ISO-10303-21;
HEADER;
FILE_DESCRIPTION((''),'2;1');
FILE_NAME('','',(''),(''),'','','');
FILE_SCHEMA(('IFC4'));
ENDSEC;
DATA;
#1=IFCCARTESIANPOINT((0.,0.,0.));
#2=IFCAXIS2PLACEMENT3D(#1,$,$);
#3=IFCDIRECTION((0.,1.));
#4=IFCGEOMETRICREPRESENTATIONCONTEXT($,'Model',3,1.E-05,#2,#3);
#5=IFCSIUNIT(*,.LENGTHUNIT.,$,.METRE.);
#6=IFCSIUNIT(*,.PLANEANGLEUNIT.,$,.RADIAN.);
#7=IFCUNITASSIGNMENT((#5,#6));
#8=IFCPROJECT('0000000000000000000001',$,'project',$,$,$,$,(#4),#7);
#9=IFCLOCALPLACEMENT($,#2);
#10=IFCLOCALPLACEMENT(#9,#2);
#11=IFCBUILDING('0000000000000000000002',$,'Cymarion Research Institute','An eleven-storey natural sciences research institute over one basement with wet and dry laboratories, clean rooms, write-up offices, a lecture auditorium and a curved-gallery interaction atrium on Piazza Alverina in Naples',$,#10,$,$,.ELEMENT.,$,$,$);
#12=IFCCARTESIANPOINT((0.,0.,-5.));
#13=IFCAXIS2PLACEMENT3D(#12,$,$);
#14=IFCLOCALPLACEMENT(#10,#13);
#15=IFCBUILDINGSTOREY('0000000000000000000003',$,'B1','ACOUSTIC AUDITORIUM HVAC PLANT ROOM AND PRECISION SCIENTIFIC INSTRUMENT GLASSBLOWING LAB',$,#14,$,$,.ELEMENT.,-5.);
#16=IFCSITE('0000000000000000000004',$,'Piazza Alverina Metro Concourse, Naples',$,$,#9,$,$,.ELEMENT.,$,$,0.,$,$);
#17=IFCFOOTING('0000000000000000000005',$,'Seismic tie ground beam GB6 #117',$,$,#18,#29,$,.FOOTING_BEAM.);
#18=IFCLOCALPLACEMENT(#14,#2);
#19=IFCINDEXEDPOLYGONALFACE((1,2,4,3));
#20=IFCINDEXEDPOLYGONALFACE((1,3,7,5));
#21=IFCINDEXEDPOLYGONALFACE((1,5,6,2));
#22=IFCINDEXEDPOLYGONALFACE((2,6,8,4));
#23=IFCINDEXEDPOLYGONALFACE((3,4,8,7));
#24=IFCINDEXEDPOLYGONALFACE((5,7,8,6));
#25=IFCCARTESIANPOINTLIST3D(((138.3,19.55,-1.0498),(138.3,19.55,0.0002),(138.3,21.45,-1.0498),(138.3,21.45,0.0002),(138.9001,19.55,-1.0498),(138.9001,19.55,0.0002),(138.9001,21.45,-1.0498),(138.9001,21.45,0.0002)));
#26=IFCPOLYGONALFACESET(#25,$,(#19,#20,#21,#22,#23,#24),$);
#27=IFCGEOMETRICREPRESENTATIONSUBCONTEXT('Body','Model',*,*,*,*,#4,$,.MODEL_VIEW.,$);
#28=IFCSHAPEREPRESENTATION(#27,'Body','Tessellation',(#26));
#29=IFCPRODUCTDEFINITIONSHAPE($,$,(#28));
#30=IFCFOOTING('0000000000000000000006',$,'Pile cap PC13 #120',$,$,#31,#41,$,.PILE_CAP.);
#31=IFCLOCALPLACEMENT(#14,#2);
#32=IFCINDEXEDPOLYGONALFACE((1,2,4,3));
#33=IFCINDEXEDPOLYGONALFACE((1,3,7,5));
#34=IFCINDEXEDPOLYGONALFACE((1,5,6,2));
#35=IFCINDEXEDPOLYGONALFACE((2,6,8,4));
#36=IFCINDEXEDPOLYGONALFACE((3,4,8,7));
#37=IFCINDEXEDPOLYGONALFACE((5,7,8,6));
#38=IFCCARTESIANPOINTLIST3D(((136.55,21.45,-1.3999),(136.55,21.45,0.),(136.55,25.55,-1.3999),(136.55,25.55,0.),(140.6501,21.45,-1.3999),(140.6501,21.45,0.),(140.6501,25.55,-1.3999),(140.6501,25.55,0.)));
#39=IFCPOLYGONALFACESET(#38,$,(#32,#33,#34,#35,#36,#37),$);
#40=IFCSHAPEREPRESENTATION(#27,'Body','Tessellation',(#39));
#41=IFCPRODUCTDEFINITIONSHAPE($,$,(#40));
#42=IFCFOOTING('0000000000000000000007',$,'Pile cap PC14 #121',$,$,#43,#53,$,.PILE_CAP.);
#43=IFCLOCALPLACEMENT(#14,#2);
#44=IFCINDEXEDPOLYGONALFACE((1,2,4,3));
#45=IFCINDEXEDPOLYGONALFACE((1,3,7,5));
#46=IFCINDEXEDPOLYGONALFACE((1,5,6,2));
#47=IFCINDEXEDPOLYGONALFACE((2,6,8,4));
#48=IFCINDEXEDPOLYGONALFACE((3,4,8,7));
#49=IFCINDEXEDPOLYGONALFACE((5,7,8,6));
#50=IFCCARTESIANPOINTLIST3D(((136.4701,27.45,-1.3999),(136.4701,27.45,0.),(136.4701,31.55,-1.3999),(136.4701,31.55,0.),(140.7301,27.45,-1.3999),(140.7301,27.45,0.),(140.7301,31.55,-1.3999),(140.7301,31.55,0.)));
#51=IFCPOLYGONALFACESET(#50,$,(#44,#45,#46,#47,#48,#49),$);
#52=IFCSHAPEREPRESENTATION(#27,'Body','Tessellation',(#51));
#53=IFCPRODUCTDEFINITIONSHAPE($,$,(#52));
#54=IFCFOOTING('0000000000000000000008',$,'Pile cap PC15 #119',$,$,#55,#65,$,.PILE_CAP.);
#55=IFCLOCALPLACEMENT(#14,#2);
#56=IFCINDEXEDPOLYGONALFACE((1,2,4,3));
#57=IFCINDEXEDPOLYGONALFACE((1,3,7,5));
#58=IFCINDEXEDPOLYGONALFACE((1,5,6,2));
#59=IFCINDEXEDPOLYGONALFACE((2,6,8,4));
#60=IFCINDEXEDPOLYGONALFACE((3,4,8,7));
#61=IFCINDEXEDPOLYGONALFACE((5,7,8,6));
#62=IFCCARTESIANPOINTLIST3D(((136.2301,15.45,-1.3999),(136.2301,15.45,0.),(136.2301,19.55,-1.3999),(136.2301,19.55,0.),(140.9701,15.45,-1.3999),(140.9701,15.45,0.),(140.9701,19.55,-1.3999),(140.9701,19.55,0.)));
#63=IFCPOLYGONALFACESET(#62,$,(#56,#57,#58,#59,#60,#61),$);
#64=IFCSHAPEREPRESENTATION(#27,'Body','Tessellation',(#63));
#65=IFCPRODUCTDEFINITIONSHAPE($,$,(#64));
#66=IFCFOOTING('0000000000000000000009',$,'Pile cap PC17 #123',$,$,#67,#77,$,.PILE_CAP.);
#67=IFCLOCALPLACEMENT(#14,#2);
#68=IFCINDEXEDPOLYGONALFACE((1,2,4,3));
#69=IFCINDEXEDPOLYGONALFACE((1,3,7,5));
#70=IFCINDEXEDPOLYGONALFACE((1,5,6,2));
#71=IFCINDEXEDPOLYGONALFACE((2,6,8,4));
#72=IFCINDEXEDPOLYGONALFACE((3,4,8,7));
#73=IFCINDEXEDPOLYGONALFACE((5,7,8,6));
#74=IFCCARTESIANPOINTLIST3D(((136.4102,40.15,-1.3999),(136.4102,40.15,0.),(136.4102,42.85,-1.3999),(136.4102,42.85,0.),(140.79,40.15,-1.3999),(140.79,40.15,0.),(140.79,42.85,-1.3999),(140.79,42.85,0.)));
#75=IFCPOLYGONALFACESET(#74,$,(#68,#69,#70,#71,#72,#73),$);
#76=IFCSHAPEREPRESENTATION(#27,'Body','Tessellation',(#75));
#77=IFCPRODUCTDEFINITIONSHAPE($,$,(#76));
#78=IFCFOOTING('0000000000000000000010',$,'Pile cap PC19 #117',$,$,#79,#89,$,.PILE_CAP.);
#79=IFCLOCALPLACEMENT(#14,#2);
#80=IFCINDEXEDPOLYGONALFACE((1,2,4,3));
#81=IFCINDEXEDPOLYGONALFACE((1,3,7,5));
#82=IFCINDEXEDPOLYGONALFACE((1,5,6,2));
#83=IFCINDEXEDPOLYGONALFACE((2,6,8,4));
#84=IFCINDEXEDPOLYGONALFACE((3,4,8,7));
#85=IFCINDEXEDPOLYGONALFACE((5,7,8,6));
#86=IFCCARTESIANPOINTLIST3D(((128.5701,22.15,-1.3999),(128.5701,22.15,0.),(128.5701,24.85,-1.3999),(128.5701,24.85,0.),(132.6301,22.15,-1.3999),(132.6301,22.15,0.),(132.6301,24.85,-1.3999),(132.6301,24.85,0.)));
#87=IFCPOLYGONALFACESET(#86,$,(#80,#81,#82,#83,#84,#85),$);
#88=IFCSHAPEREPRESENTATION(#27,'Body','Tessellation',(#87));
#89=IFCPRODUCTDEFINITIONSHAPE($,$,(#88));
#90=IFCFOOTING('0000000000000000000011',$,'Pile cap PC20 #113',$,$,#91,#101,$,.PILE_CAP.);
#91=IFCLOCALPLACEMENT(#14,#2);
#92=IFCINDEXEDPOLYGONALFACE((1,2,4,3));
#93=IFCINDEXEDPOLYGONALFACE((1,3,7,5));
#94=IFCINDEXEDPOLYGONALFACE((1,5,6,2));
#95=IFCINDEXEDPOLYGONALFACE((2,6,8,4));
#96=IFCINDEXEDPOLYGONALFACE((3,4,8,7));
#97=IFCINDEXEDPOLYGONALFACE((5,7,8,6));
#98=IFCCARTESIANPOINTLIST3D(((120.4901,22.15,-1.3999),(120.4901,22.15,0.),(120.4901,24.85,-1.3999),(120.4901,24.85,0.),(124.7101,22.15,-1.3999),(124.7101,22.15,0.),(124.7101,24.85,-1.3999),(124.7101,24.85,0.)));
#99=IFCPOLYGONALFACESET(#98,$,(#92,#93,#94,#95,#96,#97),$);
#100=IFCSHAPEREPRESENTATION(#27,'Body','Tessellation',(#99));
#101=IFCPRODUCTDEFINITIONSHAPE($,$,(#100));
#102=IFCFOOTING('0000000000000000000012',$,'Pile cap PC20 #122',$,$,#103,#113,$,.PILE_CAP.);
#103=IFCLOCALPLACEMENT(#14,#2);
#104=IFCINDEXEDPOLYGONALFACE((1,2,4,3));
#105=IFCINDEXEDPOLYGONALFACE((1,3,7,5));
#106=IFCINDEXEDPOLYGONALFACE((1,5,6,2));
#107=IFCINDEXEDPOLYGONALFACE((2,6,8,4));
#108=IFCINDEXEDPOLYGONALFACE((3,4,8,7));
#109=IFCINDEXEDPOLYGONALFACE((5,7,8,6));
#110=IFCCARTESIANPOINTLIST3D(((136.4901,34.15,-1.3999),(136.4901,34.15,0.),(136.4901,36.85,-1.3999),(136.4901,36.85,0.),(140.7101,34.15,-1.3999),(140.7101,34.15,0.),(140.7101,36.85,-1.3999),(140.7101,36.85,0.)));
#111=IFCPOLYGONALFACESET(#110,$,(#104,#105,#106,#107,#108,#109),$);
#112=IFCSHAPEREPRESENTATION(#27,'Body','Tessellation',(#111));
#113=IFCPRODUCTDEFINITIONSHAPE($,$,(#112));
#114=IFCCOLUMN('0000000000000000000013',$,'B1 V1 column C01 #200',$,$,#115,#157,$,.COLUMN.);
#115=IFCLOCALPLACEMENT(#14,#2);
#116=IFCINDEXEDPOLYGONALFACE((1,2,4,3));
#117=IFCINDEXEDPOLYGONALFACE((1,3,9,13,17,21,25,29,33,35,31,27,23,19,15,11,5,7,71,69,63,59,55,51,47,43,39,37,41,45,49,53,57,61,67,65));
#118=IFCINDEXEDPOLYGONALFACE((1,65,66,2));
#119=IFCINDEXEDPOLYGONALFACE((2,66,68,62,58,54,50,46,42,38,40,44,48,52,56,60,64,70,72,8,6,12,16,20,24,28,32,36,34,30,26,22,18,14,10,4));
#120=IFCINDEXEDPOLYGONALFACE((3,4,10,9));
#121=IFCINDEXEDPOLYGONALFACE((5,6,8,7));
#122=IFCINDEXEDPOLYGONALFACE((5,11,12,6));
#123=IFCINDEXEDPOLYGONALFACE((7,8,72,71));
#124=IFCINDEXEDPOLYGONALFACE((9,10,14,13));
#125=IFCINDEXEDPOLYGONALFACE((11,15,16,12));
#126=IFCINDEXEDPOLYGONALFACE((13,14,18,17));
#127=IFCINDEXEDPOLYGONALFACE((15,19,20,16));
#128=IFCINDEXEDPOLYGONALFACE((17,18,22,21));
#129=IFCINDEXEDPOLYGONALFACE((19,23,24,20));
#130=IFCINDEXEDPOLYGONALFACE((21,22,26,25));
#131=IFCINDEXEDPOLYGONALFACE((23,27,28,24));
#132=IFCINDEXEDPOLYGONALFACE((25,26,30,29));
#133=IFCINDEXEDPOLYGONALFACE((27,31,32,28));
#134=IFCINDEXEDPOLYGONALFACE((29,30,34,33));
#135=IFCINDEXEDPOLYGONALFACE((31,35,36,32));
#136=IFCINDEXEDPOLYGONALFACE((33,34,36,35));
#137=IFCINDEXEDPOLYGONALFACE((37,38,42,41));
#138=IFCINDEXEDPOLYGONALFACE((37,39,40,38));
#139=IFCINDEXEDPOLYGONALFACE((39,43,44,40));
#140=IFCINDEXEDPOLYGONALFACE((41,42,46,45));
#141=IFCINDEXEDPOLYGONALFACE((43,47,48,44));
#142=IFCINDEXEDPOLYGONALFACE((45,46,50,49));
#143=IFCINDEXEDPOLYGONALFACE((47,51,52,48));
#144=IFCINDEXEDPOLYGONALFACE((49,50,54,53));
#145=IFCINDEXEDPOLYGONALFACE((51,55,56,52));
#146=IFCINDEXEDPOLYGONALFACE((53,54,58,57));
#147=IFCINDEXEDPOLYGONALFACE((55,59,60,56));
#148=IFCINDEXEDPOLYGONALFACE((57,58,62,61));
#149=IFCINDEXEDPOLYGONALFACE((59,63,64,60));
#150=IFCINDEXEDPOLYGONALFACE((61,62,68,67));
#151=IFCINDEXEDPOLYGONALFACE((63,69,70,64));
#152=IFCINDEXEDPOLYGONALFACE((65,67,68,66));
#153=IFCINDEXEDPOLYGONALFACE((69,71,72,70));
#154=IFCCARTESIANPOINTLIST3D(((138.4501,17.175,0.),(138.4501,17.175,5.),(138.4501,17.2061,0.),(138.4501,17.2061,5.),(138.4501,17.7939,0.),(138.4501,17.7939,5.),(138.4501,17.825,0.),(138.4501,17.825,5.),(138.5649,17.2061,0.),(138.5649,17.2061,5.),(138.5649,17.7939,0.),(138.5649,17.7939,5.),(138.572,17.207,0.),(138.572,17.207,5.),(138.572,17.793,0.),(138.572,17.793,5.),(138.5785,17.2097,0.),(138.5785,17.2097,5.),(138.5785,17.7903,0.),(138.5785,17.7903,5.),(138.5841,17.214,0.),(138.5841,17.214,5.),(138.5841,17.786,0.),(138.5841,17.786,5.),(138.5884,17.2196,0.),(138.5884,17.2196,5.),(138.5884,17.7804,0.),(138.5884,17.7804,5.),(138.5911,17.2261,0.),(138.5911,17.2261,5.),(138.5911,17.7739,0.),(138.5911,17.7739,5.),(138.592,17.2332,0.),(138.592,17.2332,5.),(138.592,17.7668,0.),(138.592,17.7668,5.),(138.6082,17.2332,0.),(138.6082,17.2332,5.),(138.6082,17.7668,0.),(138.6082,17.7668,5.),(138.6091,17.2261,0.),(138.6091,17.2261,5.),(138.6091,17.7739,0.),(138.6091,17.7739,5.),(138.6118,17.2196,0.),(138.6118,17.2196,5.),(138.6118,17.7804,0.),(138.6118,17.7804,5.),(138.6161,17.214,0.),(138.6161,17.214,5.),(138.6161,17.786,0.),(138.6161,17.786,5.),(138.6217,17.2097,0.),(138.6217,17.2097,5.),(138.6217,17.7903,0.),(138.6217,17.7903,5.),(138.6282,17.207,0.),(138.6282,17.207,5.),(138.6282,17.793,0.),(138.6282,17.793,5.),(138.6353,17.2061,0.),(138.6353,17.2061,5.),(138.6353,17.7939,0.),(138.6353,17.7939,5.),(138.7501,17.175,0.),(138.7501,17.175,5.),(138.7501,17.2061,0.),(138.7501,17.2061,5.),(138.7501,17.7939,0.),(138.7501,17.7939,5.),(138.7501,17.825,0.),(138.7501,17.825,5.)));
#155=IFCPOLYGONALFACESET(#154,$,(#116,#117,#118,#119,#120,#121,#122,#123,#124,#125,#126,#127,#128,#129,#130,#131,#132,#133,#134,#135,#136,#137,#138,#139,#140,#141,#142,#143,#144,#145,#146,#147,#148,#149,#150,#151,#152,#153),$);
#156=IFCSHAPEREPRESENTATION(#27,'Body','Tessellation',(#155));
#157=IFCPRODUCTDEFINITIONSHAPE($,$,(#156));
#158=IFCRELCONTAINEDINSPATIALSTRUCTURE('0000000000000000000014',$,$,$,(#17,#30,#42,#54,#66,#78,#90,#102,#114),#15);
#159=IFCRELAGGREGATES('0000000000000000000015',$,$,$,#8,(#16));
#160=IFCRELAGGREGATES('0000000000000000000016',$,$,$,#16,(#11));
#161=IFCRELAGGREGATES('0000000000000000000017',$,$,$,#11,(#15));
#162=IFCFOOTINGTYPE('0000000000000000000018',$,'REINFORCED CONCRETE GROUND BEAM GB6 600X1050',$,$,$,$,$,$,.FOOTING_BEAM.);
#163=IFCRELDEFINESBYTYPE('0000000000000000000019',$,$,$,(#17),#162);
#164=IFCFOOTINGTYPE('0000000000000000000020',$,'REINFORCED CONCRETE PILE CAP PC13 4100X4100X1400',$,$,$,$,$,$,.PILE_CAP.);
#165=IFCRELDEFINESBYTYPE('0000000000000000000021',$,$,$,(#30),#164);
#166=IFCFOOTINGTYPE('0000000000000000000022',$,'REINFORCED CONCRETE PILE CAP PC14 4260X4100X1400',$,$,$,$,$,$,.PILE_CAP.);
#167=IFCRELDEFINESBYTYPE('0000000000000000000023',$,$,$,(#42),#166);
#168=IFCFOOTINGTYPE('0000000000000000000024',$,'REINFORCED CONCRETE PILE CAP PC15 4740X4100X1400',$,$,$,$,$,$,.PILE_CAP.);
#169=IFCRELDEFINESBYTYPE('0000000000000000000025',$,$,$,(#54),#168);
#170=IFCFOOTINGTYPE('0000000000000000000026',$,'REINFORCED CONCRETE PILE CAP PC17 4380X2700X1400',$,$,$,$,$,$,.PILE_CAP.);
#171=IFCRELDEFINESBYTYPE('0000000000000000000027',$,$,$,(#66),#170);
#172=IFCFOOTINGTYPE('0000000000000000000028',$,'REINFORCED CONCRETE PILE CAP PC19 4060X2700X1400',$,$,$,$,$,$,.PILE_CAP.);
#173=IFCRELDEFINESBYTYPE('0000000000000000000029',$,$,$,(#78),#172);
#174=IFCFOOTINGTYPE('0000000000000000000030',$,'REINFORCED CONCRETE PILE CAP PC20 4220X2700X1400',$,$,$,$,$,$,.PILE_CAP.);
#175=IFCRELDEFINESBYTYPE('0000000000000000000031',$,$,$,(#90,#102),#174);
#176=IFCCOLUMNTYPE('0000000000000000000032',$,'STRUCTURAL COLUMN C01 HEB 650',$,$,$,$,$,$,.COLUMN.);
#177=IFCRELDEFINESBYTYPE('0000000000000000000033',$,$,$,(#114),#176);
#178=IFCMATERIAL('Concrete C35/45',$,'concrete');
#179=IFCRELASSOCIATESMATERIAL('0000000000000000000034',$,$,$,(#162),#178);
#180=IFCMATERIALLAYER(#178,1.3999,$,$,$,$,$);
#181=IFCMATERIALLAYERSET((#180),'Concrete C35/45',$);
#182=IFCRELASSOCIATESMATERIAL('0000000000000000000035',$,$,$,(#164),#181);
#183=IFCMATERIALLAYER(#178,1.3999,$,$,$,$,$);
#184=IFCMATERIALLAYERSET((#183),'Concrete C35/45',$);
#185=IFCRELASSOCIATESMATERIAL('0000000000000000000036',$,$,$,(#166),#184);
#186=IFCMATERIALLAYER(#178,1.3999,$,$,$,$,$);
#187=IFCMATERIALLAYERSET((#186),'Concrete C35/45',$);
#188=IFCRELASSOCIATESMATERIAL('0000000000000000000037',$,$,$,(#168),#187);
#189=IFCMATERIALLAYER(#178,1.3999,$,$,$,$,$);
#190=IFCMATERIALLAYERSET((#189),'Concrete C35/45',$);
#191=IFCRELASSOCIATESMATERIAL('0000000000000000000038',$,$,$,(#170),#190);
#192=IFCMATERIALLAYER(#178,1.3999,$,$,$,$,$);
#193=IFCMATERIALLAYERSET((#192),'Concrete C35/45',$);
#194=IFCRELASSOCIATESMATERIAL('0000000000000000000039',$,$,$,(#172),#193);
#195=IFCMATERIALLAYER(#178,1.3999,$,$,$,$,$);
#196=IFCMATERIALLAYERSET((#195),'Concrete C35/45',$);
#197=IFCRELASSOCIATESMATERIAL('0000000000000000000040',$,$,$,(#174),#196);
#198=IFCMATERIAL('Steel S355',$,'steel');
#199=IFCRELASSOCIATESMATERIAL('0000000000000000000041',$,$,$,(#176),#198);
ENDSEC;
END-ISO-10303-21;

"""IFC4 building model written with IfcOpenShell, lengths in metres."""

from ifc_helpers import new_model, si_unit, direction, frame, origin, origin_2d, place, context, subcontext, project, spatial, rectangle, i_section, extrude, material, layer, layer_set, material_profile, profile_set, type_object, element, save


model = new_model("IFC4")

# Units and contexts
model_context = context("Model", 3, precision=1e-05, world=origin(), true_north=direction((0.0, 1.0)))
body_context = subcontext(model_context, "Body", "Model", "MODEL_VIEW")
ifc_project = project(units=[si_unit("LENGTHUNIT", "METRE"), si_unit("PLANEANGLEUNIT", "RADIAN")], contexts=[model_context])

# Site, building, storey
site_placement = place(None, origin())
site = spatial("IfcSite", under=ifc_project, at=site_placement, Name="Piazza Alverina Metro Concourse, Naples", CompositionType="ELEMENT", RefElevation=0.0)
building_placement = place(site_placement, origin())
building = spatial("IfcBuilding", under=site, at=building_placement, Name="Cymarion Research Institute", Description="An eleven-storey natural sciences research institute over one basement with wet and dry laboratories, clean rooms, write-up offices, a lecture auditorium and a curved-gallery interaction atrium on Piazza Alverina in Naples", CompositionType="ELEMENT")
storey_placement = place(building_placement, frame((0.0, 0.0, -5.0)))
storey = spatial("IfcBuildingStorey", under=building, at=storey_placement, Name="B1", Description="ACOUSTIC AUDITORIUM HVAC PLANT ROOM AND PRECISION SCIENTIFIC INSTRUMENT GLASSBLOWING LAB", CompositionType="ELEMENT", Elevation=-5.0)

# Shared definitions
ifc_material_1 = material(Name="Concrete C35/45", Category="concrete")

# Footings
footing_type_1 = type_object("IfcFootingType", Name="REINFORCED CONCRETE GROUND BEAM GB6 600X1050", PredefinedType="FOOTING_BEAM", material=ifc_material_1)
footing_1_placement = place(storey_placement, frame((138.6001, 20.5, -1.0498), z_axis=(0.0, 0.0, 1.0), x_axis=(0.0, 1.0, 0.0)))
element("IfcFooting", 1, at=footing_1_placement, inside=storey, type_object=footing_type_1, Name="Seismic tie ground beam GB6 #117", PredefinedType="FOOTING_BEAM", context=body_context, shape_type="SweptSolid", body=[
    extrude(rectangle(XDim=1.8999, YDim=0.6001, at=origin_2d()), origin(), (0.0, 0.0, 1.0), 1.05),
])
ifc_layer_1 = layer(ifc_material_1, 1.3999)
ifc_layer_set_1 = layer_set([ifc_layer_1], Name="Concrete C35/45")
footing_type_2 = type_object("IfcFootingType", Name="REINFORCED CONCRETE PILE CAP PC13 4100X4100X1400", PredefinedType="PILE_CAP", material=ifc_layer_set_1)
footing_2_placement = place(storey_placement, frame((138.6001, 23.5, -1.3999), z_axis=(0.0, 0.0, 1.0), x_axis=(1.0, 0.0, 0.0)))
element("IfcFooting", 2, at=footing_2_placement, inside=storey, type_object=footing_type_2, Name="Pile cap PC13 #120", PredefinedType="PILE_CAP", context=body_context, shape_type="SweptSolid", body=[
    extrude(rectangle(XDim=4.1001, YDim=4.1001, at=origin_2d()), origin(), (0.0, 0.0, 1.0), 1.3999),
])
ifc_layer_2 = layer(ifc_material_1, 1.3999)
ifc_layer_set_2 = layer_set([ifc_layer_2], Name="Concrete C35/45")
footing_type_3 = type_object("IfcFootingType", Name="REINFORCED CONCRETE PILE CAP PC14 4260X4100X1400", PredefinedType="PILE_CAP", material=ifc_layer_set_2)
footing_3_placement = place(storey_placement, frame((138.6001, 29.5, -1.3999), z_axis=(0.0, 0.0, 1.0), x_axis=(1.0, 0.0, 0.0)))
element("IfcFooting", 3, at=footing_3_placement, inside=storey, type_object=footing_type_3, Name="Pile cap PC14 #121", PredefinedType="PILE_CAP", context=body_context, shape_type="SweptSolid", body=[
    extrude(rectangle(XDim=4.26, YDim=4.1001, at=origin_2d()), origin(), (0.0, 0.0, 1.0), 1.3999),
])
ifc_layer_3 = layer(ifc_material_1, 1.3999)
ifc_layer_set_3 = layer_set([ifc_layer_3], Name="Concrete C35/45")
footing_type_4 = type_object("IfcFootingType", Name="REINFORCED CONCRETE PILE CAP PC15 4740X4100X1400", PredefinedType="PILE_CAP", material=ifc_layer_set_3)
footing_4_placement = place(storey_placement, frame((138.6001, 17.5, -1.3999), z_axis=(0.0, 0.0, 1.0), x_axis=(1.0, 0.0, 0.0)))
element("IfcFooting", 4, at=footing_4_placement, inside=storey, type_object=footing_type_4, Name="Pile cap PC15 #119", PredefinedType="PILE_CAP", context=body_context, shape_type="SweptSolid", body=[
    extrude(rectangle(XDim=4.74, YDim=4.1001, at=origin_2d()), origin(), (0.0, 0.0, 1.0), 1.3999),
])
ifc_layer_4 = layer(ifc_material_1, 1.3999)
ifc_layer_set_4 = layer_set([ifc_layer_4], Name="Concrete C35/45")
footing_type_5 = type_object("IfcFootingType", Name="REINFORCED CONCRETE PILE CAP PC17 4380X2700X1400", PredefinedType="PILE_CAP", material=ifc_layer_set_4)
footing_5_placement = place(storey_placement, frame((138.6001, 41.5, -1.3999), z_axis=(0.0, 0.0, 1.0), x_axis=(1.0, 0.0, 0.0)))
element("IfcFooting", 5, at=footing_5_placement, inside=storey, type_object=footing_type_5, Name="Pile cap PC17 #123", PredefinedType="PILE_CAP", context=body_context, shape_type="SweptSolid", body=[
    extrude(rectangle(XDim=4.3799, YDim=2.7, at=origin_2d()), origin(), (0.0, 0.0, 1.0), 1.3999),
])
ifc_layer_5 = layer(ifc_material_1, 1.3999)
ifc_layer_set_5 = layer_set([ifc_layer_5], Name="Concrete C35/45")
footing_type_6 = type_object("IfcFootingType", Name="REINFORCED CONCRETE PILE CAP PC19 4060X2700X1400", PredefinedType="PILE_CAP", material=ifc_layer_set_5)
footing_6_placement = place(storey_placement, frame((130.6001, 23.5, -1.3999), z_axis=(0.0, 0.0, 1.0), x_axis=(1.0, 0.0, 0.0)))
element("IfcFooting", 6, at=footing_6_placement, inside=storey, type_object=footing_type_6, Name="Pile cap PC19 #117", PredefinedType="PILE_CAP", context=body_context, shape_type="SweptSolid", body=[
    extrude(rectangle(XDim=4.0601, YDim=2.7, at=origin_2d()), origin(), (0.0, 0.0, 1.0), 1.3999),
])
ifc_layer_6 = layer(ifc_material_1, 1.3999)
ifc_layer_set_6 = layer_set([ifc_layer_6], Name="Concrete C35/45")
footing_type_7 = type_object("IfcFootingType", Name="REINFORCED CONCRETE PILE CAP PC20 4220X2700X1400", PredefinedType="PILE_CAP", material=ifc_layer_set_6)
for number, where, z_axis, x_axis, name in (
    (7, (122.6001, 23.5, -1.3999), (0.0, 0.0, 1.0), (1.0, 0.0, 0.0), "Pile cap PC20 #113"),
    (8, (138.6001, 35.5, -1.3999), (0.0, 0.0, 1.0), (1.0, 0.0, 0.0), "Pile cap PC20 #122"),
):
    element("IfcFooting", number, at=place(storey_placement, frame(where, z_axis=z_axis, x_axis=x_axis)), inside=storey, type_object=footing_type_7, Name=name, PredefinedType="PILE_CAP", context=body_context, shape_type="SweptSolid", body=[
        extrude(rectangle(XDim=4.22, YDim=2.7, at=origin_2d()), origin(), (0.0, 0.0, 1.0), 1.3999),
    ])

# Column
ifc_material_2 = material(Name="Steel S355", Category="steel")
ifc_material_profile_1 = material_profile(ifc_material_2, i_section(OverallWidth=0.3, OverallDepth=0.6499, WebThickness=0.0161, FlangeThickness=0.031, FilletRadius=0.0271, at=origin_2d()), Name="HEB 650")
ifc_profile_set_1 = profile_set([ifc_material_profile_1], Name="Steel S355")
column_type_1 = type_object("IfcColumnType", Name="STRUCTURAL COLUMN C01 HEB 650", PredefinedType="COLUMN", material=ifc_profile_set_1)
for number, where, z_axis, x_axis, name in (
    (9, (138.6001, 17.5, 0.0), (0.0, 0.0, 1.0), (1.0, 0.0, 0.0), "B1 V1 column C01 #200"),
):
    element("IfcColumn", number, at=place(storey_placement, frame(where, z_axis=z_axis, x_axis=x_axis)), inside=storey, type_object=column_type_1, Name=name, PredefinedType="COLUMN", context=body_context, shape_type="SweptSolid", body=[
        extrude(i_section(OverallWidth=0.3, OverallDepth=0.6499, WebThickness=0.0161, FlangeThickness=0.031, FilletRadius=0.0271, at=origin_2d()), origin(), (0.0, 0.0, 1.0), 5.0),
    ])

save(model, "model.ifc")
